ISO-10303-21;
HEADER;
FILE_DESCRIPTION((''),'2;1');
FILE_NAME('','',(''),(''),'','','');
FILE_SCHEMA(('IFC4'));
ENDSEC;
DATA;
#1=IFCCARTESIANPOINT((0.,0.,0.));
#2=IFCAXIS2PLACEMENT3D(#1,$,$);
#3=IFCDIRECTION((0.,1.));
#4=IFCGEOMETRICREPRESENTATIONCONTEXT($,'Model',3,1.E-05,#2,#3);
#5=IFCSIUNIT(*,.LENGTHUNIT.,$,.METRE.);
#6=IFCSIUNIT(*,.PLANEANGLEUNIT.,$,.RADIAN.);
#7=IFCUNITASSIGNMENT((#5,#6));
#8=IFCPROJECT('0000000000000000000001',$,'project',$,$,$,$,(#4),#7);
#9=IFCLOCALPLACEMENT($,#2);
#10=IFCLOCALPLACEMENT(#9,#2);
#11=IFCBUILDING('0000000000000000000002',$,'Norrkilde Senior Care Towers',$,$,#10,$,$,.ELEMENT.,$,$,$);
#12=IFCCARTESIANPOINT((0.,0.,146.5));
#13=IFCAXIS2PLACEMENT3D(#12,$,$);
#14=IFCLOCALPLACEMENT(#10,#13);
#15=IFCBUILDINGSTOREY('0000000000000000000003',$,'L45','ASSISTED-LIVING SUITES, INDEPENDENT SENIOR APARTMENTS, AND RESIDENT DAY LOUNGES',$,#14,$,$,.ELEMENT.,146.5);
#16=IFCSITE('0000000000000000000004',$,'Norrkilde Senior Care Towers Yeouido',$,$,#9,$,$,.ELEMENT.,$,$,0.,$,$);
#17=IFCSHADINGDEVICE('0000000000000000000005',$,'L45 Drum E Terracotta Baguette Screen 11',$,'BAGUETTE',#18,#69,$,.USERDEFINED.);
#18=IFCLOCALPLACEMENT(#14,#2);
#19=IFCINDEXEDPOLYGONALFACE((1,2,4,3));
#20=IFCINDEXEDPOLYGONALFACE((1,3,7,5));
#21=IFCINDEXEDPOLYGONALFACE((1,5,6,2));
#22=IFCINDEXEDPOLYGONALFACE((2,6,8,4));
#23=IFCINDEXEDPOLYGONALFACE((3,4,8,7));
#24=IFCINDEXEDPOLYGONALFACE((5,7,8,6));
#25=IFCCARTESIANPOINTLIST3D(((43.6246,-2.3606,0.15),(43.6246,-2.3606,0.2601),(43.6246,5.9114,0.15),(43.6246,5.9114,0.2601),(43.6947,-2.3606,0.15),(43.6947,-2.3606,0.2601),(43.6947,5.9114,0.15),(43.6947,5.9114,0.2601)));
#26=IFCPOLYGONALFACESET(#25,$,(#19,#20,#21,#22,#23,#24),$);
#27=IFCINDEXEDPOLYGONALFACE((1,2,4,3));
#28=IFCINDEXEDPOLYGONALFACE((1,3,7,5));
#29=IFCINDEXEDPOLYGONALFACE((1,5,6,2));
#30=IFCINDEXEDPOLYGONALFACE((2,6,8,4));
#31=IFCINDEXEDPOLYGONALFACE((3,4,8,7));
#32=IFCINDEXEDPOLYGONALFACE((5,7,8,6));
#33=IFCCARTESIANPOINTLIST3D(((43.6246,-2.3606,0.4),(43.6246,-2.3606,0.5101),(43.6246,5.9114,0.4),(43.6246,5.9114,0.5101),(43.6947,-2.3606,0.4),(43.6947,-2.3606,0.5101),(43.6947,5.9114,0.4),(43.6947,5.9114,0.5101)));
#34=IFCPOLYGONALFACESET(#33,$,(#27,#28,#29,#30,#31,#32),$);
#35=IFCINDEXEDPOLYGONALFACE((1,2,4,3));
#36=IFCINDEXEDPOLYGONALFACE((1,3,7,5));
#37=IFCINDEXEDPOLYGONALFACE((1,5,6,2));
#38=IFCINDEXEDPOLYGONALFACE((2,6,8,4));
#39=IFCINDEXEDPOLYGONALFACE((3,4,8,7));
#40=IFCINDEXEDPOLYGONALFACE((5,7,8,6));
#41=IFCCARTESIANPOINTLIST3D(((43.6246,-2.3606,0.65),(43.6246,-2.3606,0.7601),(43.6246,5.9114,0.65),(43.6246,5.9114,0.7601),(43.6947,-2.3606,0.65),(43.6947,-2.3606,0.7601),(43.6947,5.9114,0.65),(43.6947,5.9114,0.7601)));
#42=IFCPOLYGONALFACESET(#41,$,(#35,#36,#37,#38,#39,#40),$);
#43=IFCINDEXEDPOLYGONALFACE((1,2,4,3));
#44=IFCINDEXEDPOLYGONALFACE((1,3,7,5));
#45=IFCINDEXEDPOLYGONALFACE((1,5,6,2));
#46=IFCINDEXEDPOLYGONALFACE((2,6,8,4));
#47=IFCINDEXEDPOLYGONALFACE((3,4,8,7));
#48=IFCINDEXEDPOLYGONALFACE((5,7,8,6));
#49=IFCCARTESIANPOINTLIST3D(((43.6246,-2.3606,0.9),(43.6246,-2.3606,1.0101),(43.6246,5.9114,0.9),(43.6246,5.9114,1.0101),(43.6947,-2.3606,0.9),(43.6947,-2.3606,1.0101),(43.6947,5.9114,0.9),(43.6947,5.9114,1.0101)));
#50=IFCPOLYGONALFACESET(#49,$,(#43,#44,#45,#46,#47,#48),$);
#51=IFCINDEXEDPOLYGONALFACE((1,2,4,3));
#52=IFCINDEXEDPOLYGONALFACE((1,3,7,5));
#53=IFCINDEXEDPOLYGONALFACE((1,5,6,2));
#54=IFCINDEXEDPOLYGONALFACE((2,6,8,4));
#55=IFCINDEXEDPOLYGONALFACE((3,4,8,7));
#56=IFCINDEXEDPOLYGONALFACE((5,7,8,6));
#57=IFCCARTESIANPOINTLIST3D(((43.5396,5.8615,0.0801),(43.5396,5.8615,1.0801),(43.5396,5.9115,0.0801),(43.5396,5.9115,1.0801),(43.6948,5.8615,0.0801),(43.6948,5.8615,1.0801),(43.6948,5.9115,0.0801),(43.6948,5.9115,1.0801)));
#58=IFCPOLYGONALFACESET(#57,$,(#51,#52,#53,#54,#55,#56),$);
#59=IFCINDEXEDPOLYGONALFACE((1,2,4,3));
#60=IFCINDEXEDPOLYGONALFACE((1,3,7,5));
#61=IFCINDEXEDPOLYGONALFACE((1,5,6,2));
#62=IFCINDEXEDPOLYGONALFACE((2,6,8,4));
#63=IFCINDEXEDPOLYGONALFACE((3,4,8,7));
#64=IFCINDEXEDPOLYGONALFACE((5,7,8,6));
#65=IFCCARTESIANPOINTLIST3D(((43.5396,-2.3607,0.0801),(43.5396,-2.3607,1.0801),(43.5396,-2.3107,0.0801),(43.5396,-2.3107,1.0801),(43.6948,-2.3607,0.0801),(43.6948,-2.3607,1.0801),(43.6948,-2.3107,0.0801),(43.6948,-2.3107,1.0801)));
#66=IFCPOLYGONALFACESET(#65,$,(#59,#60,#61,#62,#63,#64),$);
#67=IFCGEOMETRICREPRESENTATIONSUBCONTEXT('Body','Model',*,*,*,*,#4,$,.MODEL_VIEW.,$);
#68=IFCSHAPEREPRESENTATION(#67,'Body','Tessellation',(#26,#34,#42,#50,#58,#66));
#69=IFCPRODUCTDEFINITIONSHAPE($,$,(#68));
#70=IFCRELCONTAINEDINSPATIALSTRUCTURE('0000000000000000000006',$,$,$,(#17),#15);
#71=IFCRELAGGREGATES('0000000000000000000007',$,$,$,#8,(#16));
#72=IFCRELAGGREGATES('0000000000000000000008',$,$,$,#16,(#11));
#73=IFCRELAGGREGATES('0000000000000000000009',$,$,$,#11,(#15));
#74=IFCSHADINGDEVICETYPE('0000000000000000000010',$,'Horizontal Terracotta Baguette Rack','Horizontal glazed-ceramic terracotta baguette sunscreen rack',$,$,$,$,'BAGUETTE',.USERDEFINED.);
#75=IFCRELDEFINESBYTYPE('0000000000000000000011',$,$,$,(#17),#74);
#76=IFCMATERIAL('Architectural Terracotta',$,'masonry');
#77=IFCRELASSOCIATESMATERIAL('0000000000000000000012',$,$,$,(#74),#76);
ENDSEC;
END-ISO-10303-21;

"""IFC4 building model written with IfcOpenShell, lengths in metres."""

from ifc_helpers import new_model, si_unit, direction, frame, origin, origin_2d, place, context, subcontext, project, spatial, rectangle, extrude, source, transform, mapped, material, type_object, type_shapes, element, save


model = new_model("IFC4")

# Units and contexts
model_context = context("Model", 3, precision=1e-05, world=origin(), true_north=direction((0.0, 1.0)))
body_context = subcontext(model_context, "Body", "Model", "MODEL_VIEW")
ifc_project = project(units=[si_unit("LENGTHUNIT", "METRE"), si_unit("PLANEANGLEUNIT", "RADIAN")], contexts=[model_context])

# Site, building, storey
site_placement = place(None, origin())
site = spatial("IfcSite", under=ifc_project, at=site_placement, Name="Norrkilde Senior Care Towers Yeouido", CompositionType="ELEMENT", RefElevation=0.0)
building_placement = place(site_placement, origin())
building = spatial("IfcBuilding", under=site, at=building_placement, Name="Norrkilde Senior Care Towers", CompositionType="ELEMENT")
storey_placement = place(building_placement, frame((0.0, 0.0, 146.5)))
storey = spatial("IfcBuildingStorey", under=building, at=storey_placement, Name="L45", Description="ASSISTED-LIVING SUITES, INDEPENDENT SENIOR APARTMENTS, AND RESIDENT DAY LOUNGES", CompositionType="ELEMENT", Elevation=146.5)

# Shading device
ifc_material_1 = material(Name="Architectural Terracotta", Category="masonry")
shading_device_type = type_object("IfcShadingDeviceType", Name="Horizontal Terracotta Baguette Rack", Description="Horizontal glazed-ceramic terracotta baguette sunscreen rack", ElementType="BAGUETTE", PredefinedType="USERDEFINED", material=ifc_material_1)
shared_shape_1 = source(origin(), body_context, "Body", "SweptSolid", [
    extrude(rectangle(XDim=0.0701, YDim=0.1101, at=origin_2d()), frame((0.0, 0.0901, 0.125), z_axis=(1.0, 0.0, 0.0), x_axis=(0.0, 1.0, 0.0)), (0.0, 0.0, 1.0), 8.272),
    extrude(rectangle(XDim=0.0701, YDim=0.1101, at=origin_2d()), frame((0.0, 0.0901, 0.375), z_axis=(1.0, 0.0, 0.0), x_axis=(0.0, 1.0, 0.0)), (0.0, 0.0, 1.0), 8.272),
    extrude(rectangle(XDim=0.0701, YDim=0.1101, at=origin_2d()), frame((0.0, 0.0901, 0.625), z_axis=(1.0, 0.0, 0.0), x_axis=(0.0, 1.0, 0.0)), (0.0, 0.0, 1.0), 8.272),
    extrude(rectangle(XDim=0.0701, YDim=0.1101, at=origin_2d()), frame((0.0, 0.0901, 0.875), z_axis=(1.0, 0.0, 0.0), x_axis=(0.0, 1.0, 0.0)), (0.0, 0.0, 1.0), 8.272),
    extrude(rectangle(XDim=0.05, YDim=0.1553, at=origin_2d()), frame((0.0249, 0.0476, 0.0)), (0.0, 0.0, 1.0), 1.0),
    extrude(rectangle(XDim=0.05, YDim=0.1553, at=origin_2d()), frame((8.2471, 0.0476, 0.0)), (0.0, 0.0, 1.0), 1.0),
])
type_shapes(shading_device_type, [shared_shape_1])
shading_device_placement = place(storey_placement, frame((43.5696, 5.9114, 0.0801), z_axis=(0.0, 0.0, 1.0), x_axis=(0.0, -1.0, 0.0)))
element("IfcShadingDevice", 1, at=shading_device_placement, inside=storey, type_object=shading_device_type, Name="L45 Drum E Terracotta Baguette Screen 11", ObjectType="BAGUETTE", PredefinedType="USERDEFINED", context=body_context, shape_type="MappedRepresentation", body=[
    mapped(shared_shape_1, transform((0.0, 0.0, 0.0), x_axis=(1.0, 0.0, 0.0), y_axis=(0.0, 1.0, 0.0), z_axis=(0.0, 0.0, 1.0), scale=1.0)),
])

save(model, "model.ifc")
